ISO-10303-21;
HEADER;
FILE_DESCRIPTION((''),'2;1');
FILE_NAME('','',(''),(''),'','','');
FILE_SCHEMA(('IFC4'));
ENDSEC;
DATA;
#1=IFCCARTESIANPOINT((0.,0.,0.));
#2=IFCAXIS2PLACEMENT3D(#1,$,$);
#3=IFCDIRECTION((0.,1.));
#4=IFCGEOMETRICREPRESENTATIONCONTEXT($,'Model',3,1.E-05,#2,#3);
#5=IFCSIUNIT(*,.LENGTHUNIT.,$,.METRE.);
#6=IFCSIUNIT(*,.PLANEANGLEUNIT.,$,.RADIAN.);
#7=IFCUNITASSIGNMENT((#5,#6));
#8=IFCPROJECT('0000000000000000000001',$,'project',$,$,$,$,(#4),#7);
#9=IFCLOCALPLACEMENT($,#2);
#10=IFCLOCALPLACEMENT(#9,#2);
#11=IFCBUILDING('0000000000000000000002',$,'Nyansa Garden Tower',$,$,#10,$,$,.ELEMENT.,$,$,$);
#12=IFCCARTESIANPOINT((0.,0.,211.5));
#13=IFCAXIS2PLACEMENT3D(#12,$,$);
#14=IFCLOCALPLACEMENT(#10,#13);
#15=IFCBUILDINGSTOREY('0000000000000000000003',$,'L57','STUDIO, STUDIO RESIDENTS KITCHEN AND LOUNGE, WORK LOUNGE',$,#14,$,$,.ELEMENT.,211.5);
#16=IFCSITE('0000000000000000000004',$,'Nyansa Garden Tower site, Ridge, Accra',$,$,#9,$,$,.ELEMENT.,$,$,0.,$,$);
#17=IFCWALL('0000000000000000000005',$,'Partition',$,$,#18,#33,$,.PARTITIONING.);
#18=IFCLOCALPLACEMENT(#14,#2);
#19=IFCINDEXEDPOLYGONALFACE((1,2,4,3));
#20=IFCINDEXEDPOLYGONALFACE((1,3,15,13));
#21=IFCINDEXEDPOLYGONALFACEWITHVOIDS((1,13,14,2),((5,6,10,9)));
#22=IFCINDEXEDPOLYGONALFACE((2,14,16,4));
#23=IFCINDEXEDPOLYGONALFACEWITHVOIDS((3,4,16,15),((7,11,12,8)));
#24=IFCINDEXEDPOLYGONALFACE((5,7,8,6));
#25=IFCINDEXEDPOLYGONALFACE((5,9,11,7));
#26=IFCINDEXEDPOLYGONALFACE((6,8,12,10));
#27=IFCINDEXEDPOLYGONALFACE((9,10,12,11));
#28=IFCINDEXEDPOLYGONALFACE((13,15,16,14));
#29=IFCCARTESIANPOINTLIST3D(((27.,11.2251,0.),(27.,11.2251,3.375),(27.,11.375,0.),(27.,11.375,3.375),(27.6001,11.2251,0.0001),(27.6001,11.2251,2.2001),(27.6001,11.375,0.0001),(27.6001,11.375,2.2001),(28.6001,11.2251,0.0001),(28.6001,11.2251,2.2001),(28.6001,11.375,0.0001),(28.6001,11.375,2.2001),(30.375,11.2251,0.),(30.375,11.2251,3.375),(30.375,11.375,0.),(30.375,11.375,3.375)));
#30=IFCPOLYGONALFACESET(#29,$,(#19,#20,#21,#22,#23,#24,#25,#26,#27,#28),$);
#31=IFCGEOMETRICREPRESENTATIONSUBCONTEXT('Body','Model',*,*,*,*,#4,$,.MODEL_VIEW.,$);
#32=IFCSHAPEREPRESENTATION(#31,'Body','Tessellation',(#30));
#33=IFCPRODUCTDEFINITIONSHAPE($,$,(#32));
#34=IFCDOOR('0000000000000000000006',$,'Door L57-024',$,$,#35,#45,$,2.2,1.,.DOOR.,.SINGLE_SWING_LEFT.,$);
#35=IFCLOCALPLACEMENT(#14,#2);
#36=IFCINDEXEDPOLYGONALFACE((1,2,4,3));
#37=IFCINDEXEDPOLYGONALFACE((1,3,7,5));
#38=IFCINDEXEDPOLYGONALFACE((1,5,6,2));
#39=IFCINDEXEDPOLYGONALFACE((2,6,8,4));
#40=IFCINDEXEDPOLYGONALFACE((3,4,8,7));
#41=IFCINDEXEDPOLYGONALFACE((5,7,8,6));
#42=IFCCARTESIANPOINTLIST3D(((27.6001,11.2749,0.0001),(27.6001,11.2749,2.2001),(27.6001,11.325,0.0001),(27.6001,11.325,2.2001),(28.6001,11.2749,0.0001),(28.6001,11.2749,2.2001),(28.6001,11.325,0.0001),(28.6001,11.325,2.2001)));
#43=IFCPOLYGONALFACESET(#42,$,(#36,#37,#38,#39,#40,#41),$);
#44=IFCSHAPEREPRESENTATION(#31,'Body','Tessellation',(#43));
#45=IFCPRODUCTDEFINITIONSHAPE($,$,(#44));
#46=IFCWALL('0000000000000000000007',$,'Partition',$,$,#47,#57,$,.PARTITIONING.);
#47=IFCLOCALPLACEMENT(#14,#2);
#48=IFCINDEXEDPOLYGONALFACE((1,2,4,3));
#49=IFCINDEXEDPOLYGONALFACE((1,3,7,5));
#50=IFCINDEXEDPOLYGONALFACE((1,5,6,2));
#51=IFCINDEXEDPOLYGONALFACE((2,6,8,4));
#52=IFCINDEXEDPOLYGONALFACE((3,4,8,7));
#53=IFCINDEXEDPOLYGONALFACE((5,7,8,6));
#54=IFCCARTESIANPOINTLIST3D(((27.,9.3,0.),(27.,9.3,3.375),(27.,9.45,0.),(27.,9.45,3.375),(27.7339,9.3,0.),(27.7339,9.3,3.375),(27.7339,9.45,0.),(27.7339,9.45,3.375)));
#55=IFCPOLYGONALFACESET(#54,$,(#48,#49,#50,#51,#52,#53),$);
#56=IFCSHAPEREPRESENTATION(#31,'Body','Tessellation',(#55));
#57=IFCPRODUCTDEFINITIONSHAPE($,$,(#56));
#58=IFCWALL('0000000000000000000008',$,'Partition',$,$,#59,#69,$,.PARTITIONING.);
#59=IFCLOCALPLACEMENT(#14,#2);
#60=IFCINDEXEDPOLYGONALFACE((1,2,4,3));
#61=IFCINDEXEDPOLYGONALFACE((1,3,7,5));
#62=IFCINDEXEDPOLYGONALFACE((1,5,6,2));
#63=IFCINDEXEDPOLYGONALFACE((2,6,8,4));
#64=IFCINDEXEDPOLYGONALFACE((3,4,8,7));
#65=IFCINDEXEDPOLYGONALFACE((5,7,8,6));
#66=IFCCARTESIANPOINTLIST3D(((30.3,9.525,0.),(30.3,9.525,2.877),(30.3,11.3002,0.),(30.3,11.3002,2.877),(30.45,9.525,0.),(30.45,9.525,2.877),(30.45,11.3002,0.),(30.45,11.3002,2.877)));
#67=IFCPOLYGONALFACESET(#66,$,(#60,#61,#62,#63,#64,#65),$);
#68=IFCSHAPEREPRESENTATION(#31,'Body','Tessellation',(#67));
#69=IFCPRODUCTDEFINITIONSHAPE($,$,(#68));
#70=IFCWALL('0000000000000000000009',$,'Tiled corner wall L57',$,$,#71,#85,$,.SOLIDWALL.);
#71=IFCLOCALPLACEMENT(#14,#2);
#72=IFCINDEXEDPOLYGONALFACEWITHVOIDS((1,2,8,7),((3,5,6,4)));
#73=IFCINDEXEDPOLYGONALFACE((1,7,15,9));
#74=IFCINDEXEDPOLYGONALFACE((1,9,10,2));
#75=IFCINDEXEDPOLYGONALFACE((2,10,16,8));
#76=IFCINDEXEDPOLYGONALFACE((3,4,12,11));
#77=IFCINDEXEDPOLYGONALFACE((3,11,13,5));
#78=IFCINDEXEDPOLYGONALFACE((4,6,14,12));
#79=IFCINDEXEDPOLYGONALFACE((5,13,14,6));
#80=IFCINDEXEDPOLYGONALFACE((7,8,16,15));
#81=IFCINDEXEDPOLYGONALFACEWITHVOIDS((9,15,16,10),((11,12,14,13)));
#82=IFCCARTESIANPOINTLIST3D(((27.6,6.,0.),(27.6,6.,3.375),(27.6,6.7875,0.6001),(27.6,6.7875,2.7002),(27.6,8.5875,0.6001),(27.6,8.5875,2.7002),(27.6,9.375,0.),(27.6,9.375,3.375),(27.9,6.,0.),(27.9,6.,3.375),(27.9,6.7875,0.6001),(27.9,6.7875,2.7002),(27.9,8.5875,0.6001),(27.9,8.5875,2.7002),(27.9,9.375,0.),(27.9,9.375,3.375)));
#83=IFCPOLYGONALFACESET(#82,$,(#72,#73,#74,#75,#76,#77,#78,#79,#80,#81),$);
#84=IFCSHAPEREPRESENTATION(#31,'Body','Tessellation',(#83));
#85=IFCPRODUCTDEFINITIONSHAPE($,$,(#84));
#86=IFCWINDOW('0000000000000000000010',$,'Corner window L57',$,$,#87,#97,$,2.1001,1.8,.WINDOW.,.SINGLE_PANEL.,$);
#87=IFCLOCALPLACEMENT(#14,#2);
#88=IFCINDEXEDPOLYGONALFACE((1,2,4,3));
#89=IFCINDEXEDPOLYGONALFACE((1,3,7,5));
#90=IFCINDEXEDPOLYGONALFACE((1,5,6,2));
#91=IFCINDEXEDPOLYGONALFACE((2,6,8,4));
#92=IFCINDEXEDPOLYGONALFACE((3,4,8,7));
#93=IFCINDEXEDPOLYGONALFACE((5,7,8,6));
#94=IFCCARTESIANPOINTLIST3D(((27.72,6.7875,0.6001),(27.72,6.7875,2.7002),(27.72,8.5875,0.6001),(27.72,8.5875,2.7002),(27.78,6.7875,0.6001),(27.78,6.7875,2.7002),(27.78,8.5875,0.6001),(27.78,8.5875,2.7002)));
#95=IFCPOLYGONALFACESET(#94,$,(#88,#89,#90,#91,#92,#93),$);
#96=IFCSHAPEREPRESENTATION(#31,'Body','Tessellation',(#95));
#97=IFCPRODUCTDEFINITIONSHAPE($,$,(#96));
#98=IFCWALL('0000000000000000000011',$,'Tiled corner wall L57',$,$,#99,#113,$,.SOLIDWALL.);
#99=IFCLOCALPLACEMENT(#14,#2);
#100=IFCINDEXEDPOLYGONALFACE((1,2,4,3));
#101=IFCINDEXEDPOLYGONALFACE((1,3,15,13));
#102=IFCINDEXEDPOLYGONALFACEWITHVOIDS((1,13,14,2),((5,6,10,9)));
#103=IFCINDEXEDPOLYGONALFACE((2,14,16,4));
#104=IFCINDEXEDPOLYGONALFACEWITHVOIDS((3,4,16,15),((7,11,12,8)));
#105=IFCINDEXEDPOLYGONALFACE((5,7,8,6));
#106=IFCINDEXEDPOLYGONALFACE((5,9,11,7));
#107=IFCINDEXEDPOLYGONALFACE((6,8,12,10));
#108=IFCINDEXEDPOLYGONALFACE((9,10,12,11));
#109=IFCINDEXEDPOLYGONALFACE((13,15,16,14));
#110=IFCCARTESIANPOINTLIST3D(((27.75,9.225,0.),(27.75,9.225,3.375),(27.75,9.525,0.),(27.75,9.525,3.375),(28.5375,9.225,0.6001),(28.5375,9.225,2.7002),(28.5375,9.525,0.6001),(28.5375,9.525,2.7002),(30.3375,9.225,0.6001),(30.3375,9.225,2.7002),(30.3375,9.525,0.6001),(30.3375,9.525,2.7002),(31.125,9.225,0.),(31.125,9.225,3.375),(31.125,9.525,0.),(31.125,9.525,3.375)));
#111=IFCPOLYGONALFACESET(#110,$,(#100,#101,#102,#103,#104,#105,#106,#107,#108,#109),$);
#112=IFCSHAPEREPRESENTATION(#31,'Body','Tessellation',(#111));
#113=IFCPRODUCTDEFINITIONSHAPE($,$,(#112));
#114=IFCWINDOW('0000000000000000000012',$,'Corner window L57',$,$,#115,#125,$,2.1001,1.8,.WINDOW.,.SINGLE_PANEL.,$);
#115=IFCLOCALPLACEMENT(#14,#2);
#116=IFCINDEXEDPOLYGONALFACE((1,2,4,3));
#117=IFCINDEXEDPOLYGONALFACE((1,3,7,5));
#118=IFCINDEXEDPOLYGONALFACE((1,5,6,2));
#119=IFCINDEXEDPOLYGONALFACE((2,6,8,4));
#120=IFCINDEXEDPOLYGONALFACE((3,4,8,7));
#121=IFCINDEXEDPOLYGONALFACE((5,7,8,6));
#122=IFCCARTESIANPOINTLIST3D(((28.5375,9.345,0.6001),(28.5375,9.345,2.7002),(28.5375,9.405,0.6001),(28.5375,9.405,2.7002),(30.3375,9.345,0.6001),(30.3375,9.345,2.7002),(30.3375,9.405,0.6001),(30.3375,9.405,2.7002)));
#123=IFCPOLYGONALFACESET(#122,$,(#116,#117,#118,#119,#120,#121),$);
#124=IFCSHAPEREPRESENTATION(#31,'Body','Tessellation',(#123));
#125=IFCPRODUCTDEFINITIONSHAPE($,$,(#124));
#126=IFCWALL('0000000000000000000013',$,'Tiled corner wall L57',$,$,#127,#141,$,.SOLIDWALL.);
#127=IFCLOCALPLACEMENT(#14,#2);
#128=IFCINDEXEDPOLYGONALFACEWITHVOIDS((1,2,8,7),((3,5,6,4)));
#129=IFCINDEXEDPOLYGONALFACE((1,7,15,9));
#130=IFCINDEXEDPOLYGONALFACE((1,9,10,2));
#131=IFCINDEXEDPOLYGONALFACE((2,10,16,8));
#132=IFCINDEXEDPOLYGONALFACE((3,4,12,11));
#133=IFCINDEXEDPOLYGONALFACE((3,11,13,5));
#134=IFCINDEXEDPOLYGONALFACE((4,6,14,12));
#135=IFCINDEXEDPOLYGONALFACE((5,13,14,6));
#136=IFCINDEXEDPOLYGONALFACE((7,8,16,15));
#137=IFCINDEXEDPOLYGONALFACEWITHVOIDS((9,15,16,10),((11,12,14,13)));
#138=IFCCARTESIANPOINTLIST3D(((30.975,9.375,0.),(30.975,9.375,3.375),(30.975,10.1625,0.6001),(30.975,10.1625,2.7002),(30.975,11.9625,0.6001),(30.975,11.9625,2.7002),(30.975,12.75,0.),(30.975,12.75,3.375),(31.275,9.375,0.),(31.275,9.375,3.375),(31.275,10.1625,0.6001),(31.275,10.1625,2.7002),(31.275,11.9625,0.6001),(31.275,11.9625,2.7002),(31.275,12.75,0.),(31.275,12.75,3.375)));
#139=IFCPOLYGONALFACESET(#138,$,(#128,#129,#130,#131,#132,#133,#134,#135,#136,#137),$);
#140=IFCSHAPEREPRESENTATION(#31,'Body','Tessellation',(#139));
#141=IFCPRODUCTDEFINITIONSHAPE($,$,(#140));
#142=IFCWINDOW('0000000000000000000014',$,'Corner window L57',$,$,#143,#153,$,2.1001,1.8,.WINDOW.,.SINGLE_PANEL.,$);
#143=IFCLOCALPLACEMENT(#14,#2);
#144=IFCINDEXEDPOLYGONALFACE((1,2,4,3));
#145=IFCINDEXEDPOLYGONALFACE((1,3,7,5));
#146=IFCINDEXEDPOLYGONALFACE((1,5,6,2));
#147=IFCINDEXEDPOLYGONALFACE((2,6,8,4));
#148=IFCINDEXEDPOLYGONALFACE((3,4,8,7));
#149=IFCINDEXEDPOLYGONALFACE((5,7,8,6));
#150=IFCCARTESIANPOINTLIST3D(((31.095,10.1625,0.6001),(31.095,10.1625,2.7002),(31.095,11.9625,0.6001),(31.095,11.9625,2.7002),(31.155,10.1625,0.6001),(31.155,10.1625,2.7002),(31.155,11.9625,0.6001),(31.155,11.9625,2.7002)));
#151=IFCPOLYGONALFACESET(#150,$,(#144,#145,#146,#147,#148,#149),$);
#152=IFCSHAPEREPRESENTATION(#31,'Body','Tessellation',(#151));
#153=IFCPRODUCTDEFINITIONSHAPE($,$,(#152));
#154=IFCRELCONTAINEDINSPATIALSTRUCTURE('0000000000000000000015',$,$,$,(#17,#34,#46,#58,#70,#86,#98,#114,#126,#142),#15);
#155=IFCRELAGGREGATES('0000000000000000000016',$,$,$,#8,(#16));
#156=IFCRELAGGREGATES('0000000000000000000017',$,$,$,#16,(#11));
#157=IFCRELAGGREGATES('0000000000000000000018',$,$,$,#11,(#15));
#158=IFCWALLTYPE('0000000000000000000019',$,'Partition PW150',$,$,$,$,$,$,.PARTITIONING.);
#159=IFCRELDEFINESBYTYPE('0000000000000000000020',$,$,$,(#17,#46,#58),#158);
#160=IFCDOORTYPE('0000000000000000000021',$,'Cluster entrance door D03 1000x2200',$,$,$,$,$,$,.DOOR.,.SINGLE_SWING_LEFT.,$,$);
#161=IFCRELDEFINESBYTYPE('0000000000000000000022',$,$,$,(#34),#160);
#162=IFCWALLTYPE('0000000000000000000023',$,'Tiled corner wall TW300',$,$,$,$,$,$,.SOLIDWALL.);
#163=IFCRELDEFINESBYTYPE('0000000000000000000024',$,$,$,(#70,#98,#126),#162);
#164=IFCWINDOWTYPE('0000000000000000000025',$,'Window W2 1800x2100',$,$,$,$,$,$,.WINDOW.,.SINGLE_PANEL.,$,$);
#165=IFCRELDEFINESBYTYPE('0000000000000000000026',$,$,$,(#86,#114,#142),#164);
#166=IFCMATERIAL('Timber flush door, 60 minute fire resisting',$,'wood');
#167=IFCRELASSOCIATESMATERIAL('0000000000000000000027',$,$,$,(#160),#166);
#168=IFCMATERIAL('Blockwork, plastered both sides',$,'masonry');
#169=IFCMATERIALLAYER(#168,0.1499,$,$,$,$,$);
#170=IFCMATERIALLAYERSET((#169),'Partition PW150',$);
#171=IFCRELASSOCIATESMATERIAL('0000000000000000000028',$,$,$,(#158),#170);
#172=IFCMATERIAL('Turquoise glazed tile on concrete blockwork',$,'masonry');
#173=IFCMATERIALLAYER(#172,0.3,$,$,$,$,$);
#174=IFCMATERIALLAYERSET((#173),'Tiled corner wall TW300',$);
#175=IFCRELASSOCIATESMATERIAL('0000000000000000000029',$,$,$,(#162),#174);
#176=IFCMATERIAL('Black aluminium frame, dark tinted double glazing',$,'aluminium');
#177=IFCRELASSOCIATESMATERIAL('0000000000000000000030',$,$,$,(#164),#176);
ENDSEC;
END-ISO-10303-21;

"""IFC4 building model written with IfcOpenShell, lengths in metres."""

from ifc_helpers import new_model, si_unit, direction, frame, frame_2d, origin, place, context, subcontext, project, spatial, rectangle, extrude, material, layer, layer_set, type_object, element, fill, save


model = new_model("IFC4")

# Units and contexts
model_context = context("Model", 3, precision=1e-05, world=origin(), true_north=direction((0.0, 1.0)))
body_context = subcontext(model_context, "Body", "Model", "MODEL_VIEW")
ifc_project = project(units=[si_unit("LENGTHUNIT", "METRE"), si_unit("PLANEANGLEUNIT", "RADIAN")], contexts=[model_context])

# Site, building, storey
site_placement = place(None, origin())
site = spatial("IfcSite", under=ifc_project, at=site_placement, Name="Nyansa Garden Tower site, Ridge, Accra", CompositionType="ELEMENT", RefElevation=0.0)
building_placement = place(site_placement, origin())
building = spatial("IfcBuilding", under=site, at=building_placement, Name="Nyansa Garden Tower", CompositionType="ELEMENT")
storey_placement = place(building_placement, frame((0.0, 0.0, 211.5)))
storey = spatial("IfcBuildingStorey", under=building, at=storey_placement, Name="L57", Description="STUDIO, STUDIO RESIDENTS KITCHEN AND LOUNGE, WORK LOUNGE", CompositionType="ELEMENT", Elevation=211.5)

# Shared definitions
ifc_material_1 = material(Name="Timber flush door, 60 minute fire resisting", Category="wood")
door_type_1 = type_object("IfcDoorType", Name="Cluster entrance door D03 1000x2200", OperationType="SINGLE_SWING_LEFT", PredefinedType="DOOR", material=ifc_material_1)

# Wall, opening, door
ifc_material_2 = material(Name="Blockwork, plastered both sides", Category="masonry")
ifc_layer_1 = layer(ifc_material_2, 0.1499)
ifc_layer_set_1 = layer_set([ifc_layer_1], Name="Partition PW150")
wall_type_1 = type_object("IfcWallType", Name="Partition PW150", PredefinedType="PARTITIONING", material=ifc_layer_set_1)
wall_1_placement = place(storey_placement, frame((27.0, 11.3, 0.0), z_axis=(0.0, 0.0, 1.0), x_axis=(1.0, 0.0, 0.0)))
wall_1 = element("IfcWall", 1, at=wall_1_placement, inside=storey, type_object=wall_type_1, Name="Partition", PredefinedType="PARTITIONING", context=body_context, shape_type="SweptSolid", body=[
    extrude(rectangle(XDim=3.375, YDim=0.1499, at=frame_2d((1.6875, 0.0))), origin(), (0.0, 0.0, 1.0), 3.375),
])
opening_1_placement = place(wall_1_placement, frame((0.6001, 0.0, 0.0)))
opening_1 = element("IfcOpeningElement", 2, at=opening_1_placement, cuts=wall_1, PredefinedType="OPENING", context=body_context, shape_type="SweptSolid", body=[
    extrude(rectangle(XDim=1.0, YDim=2.2, at=frame_2d((0.5, 1.1001))), frame((0.0, 0.085, 0.0), z_axis=(0.0, -1.0, 0.0), x_axis=(1.0, 0.0, 0.0)), (0.0, 0.0, 1.0), 0.1699),
])
door_1_placement = place(opening_1_placement, origin())
door_1 = element("IfcDoor", 3, at=door_1_placement, inside=storey, type_object=door_type_1, Name="Door L57-024", OperationType="SINGLE_SWING_LEFT", OverallHeight=2.2, OverallWidth=1.0, PredefinedType="DOOR", context=body_context, shape_type="SweptSolid", body=[
    extrude(rectangle(XDim=1.0, YDim=2.2, at=frame_2d((0.5, 1.1001))), frame((0.0, 0.0249, 0.0), z_axis=(0.0, -1.0, 0.0), x_axis=(1.0, 0.0, 0.0)), (0.0, 0.0, 1.0), 0.05),
])
fill(opening_1, door_1)

# Walls
wall_2_placement = place(storey_placement, frame((27.0, 9.375, 0.0), z_axis=(0.0, 0.0, 1.0), x_axis=(1.0, 0.0, 0.0)))
element("IfcWall", 4, at=wall_2_placement, inside=storey, type_object=wall_type_1, Name="Partition", PredefinedType="PARTITIONING", context=body_context, shape_type="SweptSolid", body=[
    extrude(rectangle(XDim=0.7339, YDim=0.1499, at=frame_2d((0.3669, 0.0))), origin(), (0.0, 0.0, 1.0), 3.375),
])
wall_3_placement = place(storey_placement, frame((30.375, 9.5249, 0.0), z_axis=(0.0, 0.0, 1.0), x_axis=(0.0, 1.0, 0.0)))
element("IfcWall", 5, at=wall_3_placement, inside=storey, type_object=wall_type_1, Name="Partition", PredefinedType="PARTITIONING", context=body_context, shape_type="SweptSolid", body=[
    extrude(rectangle(XDim=1.7751, YDim=0.1499, at=frame_2d((0.8877, 0.0))), origin(), (0.0, 0.0, 1.0), 2.877),
])

# Walls, openings, windows
ifc_material_3 = material(Name="Turquoise glazed tile on concrete blockwork", Category="masonry")
ifc_layer_2 = layer(ifc_material_3, 0.3)
ifc_layer_set_2 = layer_set([ifc_layer_2], Name="Tiled corner wall TW300")
wall_type_2 = type_object("IfcWallType", Name="Tiled corner wall TW300", PredefinedType="SOLIDWALL", material=ifc_layer_set_2)
wall_4_placement = place(storey_placement, frame((27.75, 6.0, 0.0), z_axis=(0.0, 0.0, 1.0), x_axis=(0.0, 1.0, 0.0)))
wall_4 = element("IfcWall", 6, at=wall_4_placement, inside=storey, type_object=wall_type_2, Name="Tiled corner wall L57", PredefinedType="SOLIDWALL", context=body_context, shape_type="SweptSolid", body=[
    extrude(rectangle(XDim=3.375, YDim=0.3, at=frame_2d((1.6875, 0.0))), origin(), (0.0, 0.0, 1.0), 3.375),
])
opening_2_placement = place(wall_4_placement, frame((0.7876, 0.0, 0.6001)))
opening_2 = element("IfcOpeningElement", 7, at=opening_2_placement, cuts=wall_4, PredefinedType="OPENING", context=body_context, shape_type="SweptSolid", body=[
    extrude(rectangle(XDim=1.8, YDim=2.1001, at=frame_2d((0.8999, 1.05))), frame((0.0, 0.1599, 0.0), z_axis=(0.0, -1.0, 0.0), x_axis=(1.0, 0.0, 0.0)), (0.0, 0.0, 1.0), 0.3201),
])
ifc_material_4 = material(Name="Black aluminium frame, dark tinted double glazing", Category="aluminium")
window_type = type_object("IfcWindowType", Name="Window W2 1800x2100", PartitioningType="SINGLE_PANEL", PredefinedType="WINDOW", material=ifc_material_4)
window_1_placement = place(opening_2_placement, origin())
window_1 = element("IfcWindow", 8, at=window_1_placement, inside=storey, type_object=window_type, Name="Corner window L57", OverallHeight=2.1001, OverallWidth=1.8, PartitioningType="SINGLE_PANEL", PredefinedType="WINDOW", context=body_context, shape_type="SweptSolid", body=[
    extrude(rectangle(XDim=1.8, YDim=2.1001, at=frame_2d((0.8999, 1.05))), frame((0.0, 0.03, 0.0), z_axis=(0.0, -1.0, 0.0), x_axis=(1.0, 0.0, 0.0)), (0.0, 0.0, 1.0), 0.0601),
])
fill(opening_2, window_1)
wall_5_placement = place(storey_placement, frame((27.75, 9.375, 0.0), z_axis=(0.0, 0.0, 1.0), x_axis=(1.0, 0.0, 0.0)))
wall_5 = element("IfcWall", 9, at=wall_5_placement, inside=storey, type_object=wall_type_2, Name="Tiled corner wall L57", PredefinedType="SOLIDWALL", context=body_context, shape_type="SweptSolid", body=[
    extrude(rectangle(XDim=3.375, YDim=0.3, at=frame_2d((1.6875, 0.0))), origin(), (0.0, 0.0, 1.0), 3.375),
])
opening_3_placement = place(wall_5_placement, frame((0.7876, 0.0, 0.6001)))
opening_3 = element("IfcOpeningElement", 10, at=opening_3_placement, cuts=wall_5, PredefinedType="OPENING", context=body_context, shape_type="SweptSolid", body=[
    extrude(rectangle(XDim=1.8, YDim=2.1001, at=frame_2d((0.8999, 1.05))), frame((0.0, 0.1599, 0.0), z_axis=(0.0, -1.0, 0.0), x_axis=(1.0, 0.0, 0.0)), (0.0, 0.0, 1.0), 0.3201),
])
window_2_placement = place(opening_3_placement, origin())
window_2 = element("IfcWindow", 11, at=window_2_placement, inside=storey, type_object=window_type, Name="Corner window L57", OverallHeight=2.1001, OverallWidth=1.8, PartitioningType="SINGLE_PANEL", PredefinedType="WINDOW", context=body_context, shape_type="SweptSolid", body=[
    extrude(rectangle(XDim=1.8, YDim=2.1001, at=frame_2d((0.8999, 1.05))), frame((0.0, 0.03, 0.0), z_axis=(0.0, -1.0, 0.0), x_axis=(1.0, 0.0, 0.0)), (0.0, 0.0, 1.0), 0.0601),
])
fill(opening_3, window_2)
wall_6_placement = place(storey_placement, frame((31.125, 9.375, 0.0), z_axis=(0.0, 0.0, 1.0), x_axis=(0.0, 1.0, 0.0)))
wall_6 = element("IfcWall", 12, at=wall_6_placement, inside=storey, type_object=wall_type_2, Name="Tiled corner wall L57", PredefinedType="SOLIDWALL", context=body_context, shape_type="SweptSolid", body=[
    extrude(rectangle(XDim=3.375, YDim=0.3, at=frame_2d((1.6875, 0.0))), origin(), (0.0, 0.0, 1.0), 3.375),
])
opening_4_placement = place(wall_6_placement, frame((0.7876, 0.0, 0.6001)))
opening_4 = element("IfcOpeningElement", 13, at=opening_4_placement, cuts=wall_6, PredefinedType="OPENING", context=body_context, shape_type="SweptSolid", body=[
    extrude(rectangle(XDim=1.8, YDim=2.1001, at=frame_2d((0.8999, 1.05))), frame((0.0, 0.1599, 0.0), z_axis=(0.0, -1.0, 0.0), x_axis=(1.0, 0.0, 0.0)), (0.0, 0.0, 1.0), 0.3201),
])
window_3_placement = place(opening_4_placement, origin())
window_3 = element("IfcWindow", 14, at=window_3_placement, inside=storey, type_object=window_type, Name="Corner window L57", OverallHeight=2.1001, OverallWidth=1.8, PartitioningType="SINGLE_PANEL", PredefinedType="WINDOW", context=body_context, shape_type="SweptSolid", body=[
    extrude(rectangle(XDim=1.8, YDim=2.1001, at=frame_2d((0.8999, 1.05))), frame((0.0, 0.03, 0.0), z_axis=(0.0, -1.0, 0.0), x_axis=(1.0, 0.0, 0.0)), (0.0, 0.0, 1.0), 0.0601),
])
fill(opening_4, window_3)

save(model, "model.ifc")
